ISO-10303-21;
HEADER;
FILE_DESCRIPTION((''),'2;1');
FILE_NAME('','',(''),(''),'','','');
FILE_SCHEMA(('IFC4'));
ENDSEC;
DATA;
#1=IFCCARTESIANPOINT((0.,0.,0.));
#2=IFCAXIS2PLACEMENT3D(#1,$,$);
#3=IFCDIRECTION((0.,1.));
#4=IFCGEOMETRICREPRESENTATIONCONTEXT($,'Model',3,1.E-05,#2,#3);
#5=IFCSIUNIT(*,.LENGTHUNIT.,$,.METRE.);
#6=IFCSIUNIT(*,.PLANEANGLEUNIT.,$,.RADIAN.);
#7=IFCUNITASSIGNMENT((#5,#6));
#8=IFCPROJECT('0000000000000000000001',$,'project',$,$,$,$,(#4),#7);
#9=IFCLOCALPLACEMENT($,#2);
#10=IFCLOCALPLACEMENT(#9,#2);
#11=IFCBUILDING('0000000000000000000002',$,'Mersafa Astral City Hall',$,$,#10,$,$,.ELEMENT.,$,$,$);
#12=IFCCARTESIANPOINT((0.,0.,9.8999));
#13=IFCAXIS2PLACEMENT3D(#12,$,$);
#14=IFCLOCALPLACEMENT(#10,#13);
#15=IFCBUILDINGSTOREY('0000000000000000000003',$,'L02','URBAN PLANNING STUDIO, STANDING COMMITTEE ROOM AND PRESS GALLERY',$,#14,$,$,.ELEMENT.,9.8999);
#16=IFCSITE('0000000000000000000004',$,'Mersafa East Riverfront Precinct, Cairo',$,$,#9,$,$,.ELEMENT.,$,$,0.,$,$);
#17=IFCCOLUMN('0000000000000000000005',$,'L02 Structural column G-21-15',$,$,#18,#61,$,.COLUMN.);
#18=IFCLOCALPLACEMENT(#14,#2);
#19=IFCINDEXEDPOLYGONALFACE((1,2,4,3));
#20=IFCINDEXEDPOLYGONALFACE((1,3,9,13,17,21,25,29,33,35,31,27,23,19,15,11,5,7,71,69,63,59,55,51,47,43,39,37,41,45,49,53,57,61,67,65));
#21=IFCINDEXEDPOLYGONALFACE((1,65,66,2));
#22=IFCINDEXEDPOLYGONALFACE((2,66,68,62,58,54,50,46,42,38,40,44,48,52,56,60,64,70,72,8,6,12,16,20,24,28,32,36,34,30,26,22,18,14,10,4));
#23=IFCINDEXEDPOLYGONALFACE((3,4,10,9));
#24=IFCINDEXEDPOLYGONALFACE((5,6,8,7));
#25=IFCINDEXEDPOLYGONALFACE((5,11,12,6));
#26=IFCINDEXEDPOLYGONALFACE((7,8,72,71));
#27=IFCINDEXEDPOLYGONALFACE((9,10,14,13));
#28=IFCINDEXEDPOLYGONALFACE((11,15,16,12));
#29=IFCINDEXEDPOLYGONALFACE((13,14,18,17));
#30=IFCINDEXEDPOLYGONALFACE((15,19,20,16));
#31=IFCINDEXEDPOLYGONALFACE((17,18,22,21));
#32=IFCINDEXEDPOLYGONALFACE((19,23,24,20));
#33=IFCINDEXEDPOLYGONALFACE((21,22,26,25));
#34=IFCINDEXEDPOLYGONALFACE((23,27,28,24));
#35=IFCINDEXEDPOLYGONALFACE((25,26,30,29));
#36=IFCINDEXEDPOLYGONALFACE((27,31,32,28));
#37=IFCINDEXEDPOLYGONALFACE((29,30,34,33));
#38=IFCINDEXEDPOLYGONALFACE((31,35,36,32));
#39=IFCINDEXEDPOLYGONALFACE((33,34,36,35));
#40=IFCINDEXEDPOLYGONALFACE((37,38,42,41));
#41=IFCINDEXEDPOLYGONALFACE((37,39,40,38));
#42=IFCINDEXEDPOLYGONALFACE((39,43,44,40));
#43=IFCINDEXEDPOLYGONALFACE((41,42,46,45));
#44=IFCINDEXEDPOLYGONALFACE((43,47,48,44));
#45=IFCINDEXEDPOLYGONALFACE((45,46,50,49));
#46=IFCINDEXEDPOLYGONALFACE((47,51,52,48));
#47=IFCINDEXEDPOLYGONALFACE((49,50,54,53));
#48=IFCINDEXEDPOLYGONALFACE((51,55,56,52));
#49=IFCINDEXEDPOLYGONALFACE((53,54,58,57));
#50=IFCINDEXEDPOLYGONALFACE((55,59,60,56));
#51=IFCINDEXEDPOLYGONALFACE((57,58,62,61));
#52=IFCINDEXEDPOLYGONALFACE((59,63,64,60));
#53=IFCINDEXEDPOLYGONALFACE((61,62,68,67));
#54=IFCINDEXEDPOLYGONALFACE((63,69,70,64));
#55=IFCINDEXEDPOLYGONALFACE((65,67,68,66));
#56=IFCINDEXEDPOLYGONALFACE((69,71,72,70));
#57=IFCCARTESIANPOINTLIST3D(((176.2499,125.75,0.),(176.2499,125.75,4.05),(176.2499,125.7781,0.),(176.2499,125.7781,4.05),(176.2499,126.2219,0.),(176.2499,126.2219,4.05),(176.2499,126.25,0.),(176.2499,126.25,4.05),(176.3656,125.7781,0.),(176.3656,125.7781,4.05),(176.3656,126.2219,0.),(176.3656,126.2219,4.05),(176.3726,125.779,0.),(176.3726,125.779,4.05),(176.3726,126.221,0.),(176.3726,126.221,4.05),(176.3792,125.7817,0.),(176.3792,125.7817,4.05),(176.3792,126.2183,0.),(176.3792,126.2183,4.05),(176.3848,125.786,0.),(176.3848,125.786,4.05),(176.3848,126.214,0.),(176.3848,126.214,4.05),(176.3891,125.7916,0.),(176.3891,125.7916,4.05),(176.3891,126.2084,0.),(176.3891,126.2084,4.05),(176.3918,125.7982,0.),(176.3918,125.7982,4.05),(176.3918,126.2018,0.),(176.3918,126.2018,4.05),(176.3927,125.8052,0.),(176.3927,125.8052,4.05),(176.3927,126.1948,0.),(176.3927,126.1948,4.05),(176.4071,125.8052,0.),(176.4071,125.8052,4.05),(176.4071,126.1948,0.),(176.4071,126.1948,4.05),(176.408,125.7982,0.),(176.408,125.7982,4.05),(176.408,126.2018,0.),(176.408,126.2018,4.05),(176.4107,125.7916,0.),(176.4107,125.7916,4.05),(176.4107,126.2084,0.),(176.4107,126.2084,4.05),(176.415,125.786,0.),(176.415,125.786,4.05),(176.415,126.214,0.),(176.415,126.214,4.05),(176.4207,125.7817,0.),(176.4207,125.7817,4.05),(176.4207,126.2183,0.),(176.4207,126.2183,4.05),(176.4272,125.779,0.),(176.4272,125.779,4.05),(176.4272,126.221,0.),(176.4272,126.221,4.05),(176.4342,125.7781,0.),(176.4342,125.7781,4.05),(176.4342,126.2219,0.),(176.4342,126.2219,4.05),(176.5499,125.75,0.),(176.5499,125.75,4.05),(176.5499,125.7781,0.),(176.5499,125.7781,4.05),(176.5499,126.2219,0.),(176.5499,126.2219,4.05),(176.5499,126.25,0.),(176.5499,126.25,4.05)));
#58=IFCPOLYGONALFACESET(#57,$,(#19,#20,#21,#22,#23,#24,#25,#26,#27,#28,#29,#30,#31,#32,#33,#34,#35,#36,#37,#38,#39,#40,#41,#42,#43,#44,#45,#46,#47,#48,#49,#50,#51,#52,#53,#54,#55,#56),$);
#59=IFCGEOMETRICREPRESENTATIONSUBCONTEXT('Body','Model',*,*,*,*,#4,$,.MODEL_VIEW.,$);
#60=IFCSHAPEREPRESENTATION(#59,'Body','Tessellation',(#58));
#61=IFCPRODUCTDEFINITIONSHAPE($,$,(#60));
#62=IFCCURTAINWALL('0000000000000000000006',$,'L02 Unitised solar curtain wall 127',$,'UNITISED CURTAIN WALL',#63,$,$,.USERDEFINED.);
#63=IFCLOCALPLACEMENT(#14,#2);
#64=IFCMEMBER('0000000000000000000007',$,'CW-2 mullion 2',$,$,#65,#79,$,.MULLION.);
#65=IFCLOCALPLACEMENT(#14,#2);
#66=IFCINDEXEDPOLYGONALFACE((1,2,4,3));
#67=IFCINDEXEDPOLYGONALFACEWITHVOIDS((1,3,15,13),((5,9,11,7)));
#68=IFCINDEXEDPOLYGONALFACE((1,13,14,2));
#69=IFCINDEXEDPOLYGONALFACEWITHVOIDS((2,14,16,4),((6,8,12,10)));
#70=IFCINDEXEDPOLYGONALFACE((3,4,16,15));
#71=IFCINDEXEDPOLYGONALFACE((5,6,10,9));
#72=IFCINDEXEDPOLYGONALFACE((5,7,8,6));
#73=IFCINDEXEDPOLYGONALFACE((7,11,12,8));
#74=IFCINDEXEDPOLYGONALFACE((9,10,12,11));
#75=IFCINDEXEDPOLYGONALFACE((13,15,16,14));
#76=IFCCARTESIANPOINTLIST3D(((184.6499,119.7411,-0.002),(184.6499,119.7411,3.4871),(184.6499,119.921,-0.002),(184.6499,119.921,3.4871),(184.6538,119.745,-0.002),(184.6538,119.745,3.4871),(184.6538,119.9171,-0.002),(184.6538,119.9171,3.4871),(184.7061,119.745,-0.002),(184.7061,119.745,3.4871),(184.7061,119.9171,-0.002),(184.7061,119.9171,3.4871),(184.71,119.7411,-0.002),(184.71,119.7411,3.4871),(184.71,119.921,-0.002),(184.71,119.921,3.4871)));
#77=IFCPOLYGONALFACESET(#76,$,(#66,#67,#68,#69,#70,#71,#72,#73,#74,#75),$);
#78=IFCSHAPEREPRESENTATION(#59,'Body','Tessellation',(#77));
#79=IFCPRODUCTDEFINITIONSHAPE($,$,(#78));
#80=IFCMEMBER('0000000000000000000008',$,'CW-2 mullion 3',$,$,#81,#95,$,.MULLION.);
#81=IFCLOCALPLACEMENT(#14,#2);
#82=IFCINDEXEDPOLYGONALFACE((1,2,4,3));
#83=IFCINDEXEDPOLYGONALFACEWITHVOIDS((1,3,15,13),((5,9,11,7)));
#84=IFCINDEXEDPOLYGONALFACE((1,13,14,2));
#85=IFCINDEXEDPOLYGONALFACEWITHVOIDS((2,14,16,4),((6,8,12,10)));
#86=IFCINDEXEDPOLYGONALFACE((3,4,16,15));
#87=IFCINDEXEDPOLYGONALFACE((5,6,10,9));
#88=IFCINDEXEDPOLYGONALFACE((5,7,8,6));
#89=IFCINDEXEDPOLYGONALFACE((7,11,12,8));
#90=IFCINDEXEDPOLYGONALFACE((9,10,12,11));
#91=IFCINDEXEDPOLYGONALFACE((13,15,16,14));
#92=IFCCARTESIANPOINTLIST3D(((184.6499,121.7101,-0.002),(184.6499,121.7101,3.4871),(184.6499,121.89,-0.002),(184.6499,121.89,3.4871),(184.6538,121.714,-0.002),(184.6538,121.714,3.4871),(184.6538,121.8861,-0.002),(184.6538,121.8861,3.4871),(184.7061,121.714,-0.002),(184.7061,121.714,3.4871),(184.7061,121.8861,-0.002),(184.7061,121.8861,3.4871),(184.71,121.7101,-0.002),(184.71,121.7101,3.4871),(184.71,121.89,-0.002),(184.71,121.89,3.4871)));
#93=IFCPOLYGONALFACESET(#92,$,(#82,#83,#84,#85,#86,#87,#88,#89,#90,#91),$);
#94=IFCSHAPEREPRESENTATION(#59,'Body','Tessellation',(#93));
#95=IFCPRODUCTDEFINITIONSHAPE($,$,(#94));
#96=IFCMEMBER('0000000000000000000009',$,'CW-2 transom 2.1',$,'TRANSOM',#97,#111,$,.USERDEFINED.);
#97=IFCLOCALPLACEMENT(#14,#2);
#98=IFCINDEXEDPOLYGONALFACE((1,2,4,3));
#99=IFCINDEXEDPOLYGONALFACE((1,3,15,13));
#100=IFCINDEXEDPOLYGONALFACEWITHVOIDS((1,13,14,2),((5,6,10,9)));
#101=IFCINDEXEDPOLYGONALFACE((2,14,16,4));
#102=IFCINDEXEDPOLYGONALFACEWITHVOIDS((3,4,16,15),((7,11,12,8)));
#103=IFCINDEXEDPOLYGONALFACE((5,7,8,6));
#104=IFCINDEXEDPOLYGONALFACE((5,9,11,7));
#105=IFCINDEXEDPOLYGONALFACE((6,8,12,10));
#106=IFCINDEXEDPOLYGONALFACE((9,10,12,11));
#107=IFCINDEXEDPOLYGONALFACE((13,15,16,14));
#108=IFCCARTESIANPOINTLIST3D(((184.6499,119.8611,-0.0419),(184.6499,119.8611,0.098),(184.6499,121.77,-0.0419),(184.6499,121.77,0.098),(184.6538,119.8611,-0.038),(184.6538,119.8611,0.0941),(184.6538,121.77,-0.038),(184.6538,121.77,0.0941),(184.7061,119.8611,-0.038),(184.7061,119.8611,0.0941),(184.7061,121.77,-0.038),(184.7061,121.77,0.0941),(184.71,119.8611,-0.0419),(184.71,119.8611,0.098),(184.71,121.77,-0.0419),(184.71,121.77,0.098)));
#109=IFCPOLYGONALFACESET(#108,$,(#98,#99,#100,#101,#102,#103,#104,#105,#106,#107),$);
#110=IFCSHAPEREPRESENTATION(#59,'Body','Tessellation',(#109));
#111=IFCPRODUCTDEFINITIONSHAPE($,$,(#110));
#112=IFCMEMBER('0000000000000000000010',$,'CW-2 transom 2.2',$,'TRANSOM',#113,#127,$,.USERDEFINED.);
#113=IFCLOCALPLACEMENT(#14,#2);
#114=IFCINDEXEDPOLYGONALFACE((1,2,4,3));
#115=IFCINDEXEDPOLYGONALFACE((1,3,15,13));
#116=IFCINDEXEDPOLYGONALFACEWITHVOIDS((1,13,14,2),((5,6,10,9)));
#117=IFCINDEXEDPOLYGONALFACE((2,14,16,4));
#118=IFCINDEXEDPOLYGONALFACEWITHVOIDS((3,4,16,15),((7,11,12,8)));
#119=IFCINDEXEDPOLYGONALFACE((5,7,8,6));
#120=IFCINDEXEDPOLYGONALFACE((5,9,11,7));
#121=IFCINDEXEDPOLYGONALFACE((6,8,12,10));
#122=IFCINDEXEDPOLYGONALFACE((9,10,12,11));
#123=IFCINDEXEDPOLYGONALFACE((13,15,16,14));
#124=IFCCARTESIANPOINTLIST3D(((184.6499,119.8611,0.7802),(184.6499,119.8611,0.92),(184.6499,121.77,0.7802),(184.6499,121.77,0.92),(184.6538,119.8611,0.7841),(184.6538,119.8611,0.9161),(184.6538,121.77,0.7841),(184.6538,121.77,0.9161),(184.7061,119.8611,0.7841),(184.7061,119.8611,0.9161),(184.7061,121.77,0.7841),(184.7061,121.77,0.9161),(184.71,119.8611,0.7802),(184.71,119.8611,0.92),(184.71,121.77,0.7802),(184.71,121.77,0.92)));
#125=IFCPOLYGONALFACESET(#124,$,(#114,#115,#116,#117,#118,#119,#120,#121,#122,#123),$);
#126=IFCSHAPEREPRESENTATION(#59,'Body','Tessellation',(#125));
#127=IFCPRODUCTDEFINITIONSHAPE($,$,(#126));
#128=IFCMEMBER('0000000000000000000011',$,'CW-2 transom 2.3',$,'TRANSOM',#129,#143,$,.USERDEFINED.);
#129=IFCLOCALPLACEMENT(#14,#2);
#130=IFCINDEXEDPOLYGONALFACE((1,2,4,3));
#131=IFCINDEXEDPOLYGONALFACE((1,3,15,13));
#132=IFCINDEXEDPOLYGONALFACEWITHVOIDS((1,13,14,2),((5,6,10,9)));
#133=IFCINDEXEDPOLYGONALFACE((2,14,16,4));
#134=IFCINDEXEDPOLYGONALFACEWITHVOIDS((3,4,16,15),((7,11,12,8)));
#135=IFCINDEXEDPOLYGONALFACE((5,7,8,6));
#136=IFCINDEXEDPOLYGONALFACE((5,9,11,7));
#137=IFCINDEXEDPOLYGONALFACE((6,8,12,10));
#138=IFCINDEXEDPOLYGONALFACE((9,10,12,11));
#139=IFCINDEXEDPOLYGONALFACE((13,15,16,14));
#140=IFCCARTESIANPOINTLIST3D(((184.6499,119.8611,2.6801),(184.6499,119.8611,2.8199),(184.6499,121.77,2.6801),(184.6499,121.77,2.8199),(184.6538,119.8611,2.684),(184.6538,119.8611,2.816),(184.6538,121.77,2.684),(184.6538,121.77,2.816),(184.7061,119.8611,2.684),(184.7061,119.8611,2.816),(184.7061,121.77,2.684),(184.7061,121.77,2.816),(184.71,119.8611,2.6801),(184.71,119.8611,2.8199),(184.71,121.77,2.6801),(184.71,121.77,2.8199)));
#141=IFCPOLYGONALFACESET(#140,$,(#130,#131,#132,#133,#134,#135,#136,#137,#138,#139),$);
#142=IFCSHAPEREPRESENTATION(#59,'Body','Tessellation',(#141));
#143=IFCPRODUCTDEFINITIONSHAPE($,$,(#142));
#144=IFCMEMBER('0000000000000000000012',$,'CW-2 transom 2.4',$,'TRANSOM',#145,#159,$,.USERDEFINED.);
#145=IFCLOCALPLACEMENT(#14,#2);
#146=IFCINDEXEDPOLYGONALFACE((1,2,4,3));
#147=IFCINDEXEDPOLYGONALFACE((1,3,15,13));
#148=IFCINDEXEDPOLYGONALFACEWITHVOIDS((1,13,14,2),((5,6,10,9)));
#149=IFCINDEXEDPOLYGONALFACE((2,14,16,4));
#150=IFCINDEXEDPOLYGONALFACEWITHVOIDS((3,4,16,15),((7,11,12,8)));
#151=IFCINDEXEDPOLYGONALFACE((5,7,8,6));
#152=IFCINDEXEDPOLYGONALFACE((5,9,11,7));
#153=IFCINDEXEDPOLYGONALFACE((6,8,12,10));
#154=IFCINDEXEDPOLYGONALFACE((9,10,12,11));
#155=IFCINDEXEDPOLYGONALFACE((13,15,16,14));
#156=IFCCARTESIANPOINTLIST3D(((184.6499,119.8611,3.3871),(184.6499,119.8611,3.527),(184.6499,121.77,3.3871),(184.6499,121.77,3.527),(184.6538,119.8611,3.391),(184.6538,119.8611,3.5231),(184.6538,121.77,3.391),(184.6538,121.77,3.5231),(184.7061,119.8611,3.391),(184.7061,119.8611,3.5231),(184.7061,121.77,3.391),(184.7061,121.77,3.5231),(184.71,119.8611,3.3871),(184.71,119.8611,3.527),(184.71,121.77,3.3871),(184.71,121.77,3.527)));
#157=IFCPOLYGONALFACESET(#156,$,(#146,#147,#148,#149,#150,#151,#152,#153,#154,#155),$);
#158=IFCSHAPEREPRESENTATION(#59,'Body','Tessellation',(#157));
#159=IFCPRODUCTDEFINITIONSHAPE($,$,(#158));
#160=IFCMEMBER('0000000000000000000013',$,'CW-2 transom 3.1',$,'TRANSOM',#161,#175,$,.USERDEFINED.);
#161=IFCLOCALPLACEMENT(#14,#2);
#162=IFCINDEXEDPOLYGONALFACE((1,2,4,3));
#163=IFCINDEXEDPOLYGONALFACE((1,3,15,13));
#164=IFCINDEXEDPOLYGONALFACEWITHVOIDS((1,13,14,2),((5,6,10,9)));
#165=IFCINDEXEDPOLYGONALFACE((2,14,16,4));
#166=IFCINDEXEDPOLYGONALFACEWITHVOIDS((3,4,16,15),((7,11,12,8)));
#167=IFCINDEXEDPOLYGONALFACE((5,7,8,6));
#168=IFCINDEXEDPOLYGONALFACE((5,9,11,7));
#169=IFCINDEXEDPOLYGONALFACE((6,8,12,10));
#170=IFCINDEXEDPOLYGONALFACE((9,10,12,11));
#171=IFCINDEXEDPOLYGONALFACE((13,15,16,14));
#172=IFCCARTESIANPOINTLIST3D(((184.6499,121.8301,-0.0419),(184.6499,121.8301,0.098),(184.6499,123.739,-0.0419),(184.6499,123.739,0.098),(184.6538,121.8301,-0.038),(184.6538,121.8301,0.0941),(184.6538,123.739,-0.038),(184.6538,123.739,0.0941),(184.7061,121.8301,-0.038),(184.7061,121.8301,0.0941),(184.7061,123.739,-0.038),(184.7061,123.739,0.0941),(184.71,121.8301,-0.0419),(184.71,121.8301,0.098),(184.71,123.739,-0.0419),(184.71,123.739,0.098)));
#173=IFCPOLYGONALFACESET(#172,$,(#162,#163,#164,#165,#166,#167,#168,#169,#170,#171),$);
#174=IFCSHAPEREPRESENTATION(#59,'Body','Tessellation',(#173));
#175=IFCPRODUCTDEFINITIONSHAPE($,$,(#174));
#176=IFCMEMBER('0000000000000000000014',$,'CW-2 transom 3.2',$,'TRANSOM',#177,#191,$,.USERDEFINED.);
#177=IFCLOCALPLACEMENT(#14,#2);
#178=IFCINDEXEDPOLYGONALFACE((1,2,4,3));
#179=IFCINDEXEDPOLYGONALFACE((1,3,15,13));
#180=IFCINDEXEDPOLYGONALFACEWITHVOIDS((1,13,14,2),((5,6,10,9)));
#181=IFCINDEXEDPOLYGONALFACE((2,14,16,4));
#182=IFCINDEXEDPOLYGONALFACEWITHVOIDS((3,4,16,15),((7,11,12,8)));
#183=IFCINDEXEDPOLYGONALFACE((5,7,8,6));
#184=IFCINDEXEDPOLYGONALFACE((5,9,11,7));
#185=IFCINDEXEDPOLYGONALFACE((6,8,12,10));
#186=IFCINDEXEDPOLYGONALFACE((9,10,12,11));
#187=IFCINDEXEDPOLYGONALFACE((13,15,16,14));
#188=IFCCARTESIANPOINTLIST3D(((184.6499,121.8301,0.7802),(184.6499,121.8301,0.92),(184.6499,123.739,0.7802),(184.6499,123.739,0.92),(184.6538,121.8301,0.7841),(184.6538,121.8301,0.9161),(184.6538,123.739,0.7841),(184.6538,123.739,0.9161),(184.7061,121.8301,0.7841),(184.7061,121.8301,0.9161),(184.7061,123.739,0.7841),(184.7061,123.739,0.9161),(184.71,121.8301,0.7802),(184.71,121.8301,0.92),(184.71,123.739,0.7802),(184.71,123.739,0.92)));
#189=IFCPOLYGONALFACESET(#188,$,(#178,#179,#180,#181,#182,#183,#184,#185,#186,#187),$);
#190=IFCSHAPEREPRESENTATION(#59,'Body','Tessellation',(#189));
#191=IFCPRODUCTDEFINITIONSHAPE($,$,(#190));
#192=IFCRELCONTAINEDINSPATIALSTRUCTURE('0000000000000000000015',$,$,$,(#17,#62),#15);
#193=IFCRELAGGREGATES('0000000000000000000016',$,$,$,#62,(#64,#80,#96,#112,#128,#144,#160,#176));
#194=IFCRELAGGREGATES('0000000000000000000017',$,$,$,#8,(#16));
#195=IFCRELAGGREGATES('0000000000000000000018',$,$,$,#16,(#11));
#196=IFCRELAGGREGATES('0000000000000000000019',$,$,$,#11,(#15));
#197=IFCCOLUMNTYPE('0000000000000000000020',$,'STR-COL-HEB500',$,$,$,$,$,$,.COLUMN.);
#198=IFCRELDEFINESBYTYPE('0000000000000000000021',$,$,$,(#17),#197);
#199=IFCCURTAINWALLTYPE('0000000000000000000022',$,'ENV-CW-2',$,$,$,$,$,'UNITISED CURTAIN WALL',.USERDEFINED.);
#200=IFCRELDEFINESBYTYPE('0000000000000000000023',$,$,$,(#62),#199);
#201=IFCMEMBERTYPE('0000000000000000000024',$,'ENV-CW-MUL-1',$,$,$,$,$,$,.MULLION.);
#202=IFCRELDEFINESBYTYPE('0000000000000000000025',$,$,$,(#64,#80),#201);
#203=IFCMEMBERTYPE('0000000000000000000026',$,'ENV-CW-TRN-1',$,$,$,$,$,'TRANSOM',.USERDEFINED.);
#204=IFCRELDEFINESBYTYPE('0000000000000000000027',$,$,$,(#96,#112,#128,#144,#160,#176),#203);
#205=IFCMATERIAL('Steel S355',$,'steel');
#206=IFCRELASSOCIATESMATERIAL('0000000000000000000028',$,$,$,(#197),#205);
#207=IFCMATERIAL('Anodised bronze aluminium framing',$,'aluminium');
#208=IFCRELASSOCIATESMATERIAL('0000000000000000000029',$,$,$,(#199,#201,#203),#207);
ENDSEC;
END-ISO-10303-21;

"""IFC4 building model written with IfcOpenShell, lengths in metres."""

from ifc_helpers import new_model, si_unit, direction, frame, origin, origin_2d, place, context, subcontext, project, spatial, hollow_rectangle, i_section, extrude, material, material_profile, profile_set, type_object, element, aggregate, save


model = new_model("IFC4")

# Units and contexts
model_context = context("Model", 3, precision=1e-05, world=origin(), true_north=direction((0.0, 1.0)))
body_context = subcontext(model_context, "Body", "Model", "MODEL_VIEW")
ifc_project = project(units=[si_unit("LENGTHUNIT", "METRE"), si_unit("PLANEANGLEUNIT", "RADIAN")], contexts=[model_context])

# Site, building, storey
site_placement = place(None, origin())
site = spatial("IfcSite", under=ifc_project, at=site_placement, Name="Mersafa East Riverfront Precinct, Cairo", CompositionType="ELEMENT", RefElevation=0.0)
building_placement = place(site_placement, origin())
building = spatial("IfcBuilding", under=site, at=building_placement, Name="Mersafa Astral City Hall", CompositionType="ELEMENT")
storey_placement = place(building_placement, frame((0.0, 0.0, 9.8999)))
storey = spatial("IfcBuildingStorey", under=building, at=storey_placement, Name="L02", Description="URBAN PLANNING STUDIO, STANDING COMMITTEE ROOM AND PRESS GALLERY", CompositionType="ELEMENT", Elevation=9.8999)

# Column
ifc_material_1 = material(Name="Steel S355", Category="steel")
ifc_material_profile_1 = material_profile(ifc_material_1, i_section(OverallWidth=0.3, OverallDepth=0.5, WebThickness=0.0144, FlangeThickness=0.0281, FilletRadius=0.0271, at=origin_2d()), Name="HEB 500")
ifc_profile_set_1 = profile_set([ifc_material_profile_1], Name="Steel S355")
column_type = type_object("IfcColumnType", Name="STR-COL-HEB500", PredefinedType="COLUMN", material=ifc_profile_set_1)
column_placement = place(storey_placement, frame((176.3999, 126.0, 0.0), z_axis=(0.0, 0.0, 1.0), x_axis=(1.0, 0.0, 0.0)))
element("IfcColumn", 1, at=column_placement, inside=storey, type_object=column_type, Name="L02 Structural column G-21-15", PredefinedType="COLUMN", context=body_context, shape_type="SweptSolid", body=[
    extrude(i_section(OverallWidth=0.3, OverallDepth=0.5, WebThickness=0.0144, FlangeThickness=0.0281, FilletRadius=0.0271, at=origin_2d()), origin(), (0.0, 0.0, 1.0), 4.05),
])

# Curtain wall, members
ifc_material_2 = material(Name="Anodised bronze aluminium framing", Category="aluminium")
curtain_wall_type = type_object("IfcCurtainWallType", Name="ENV-CW-2", ElementType="UNITISED CURTAIN WALL", PredefinedType="USERDEFINED", material=ifc_material_2)
curtain_wall_placement = place(storey_placement, origin())
curtain_wall = element("IfcCurtainWall", 2, at=curtain_wall_placement, inside=storey, type_object=curtain_wall_type, Name="L02 Unitised solar curtain wall 127", ObjectType="UNITISED CURTAIN WALL", PredefinedType="USERDEFINED")
ifc_material_profile_2 = material_profile(ifc_material_2, hollow_rectangle(XDim=0.0601, YDim=0.1799, WallThickness=0.0039, at=origin_2d()), Name="RHS 60x180x4")
ifc_profile_set_2 = profile_set([ifc_material_profile_2], Name="Anodised bronze aluminium framing")
member_type_1 = type_object("IfcMemberType", Name="ENV-CW-MUL-1", PredefinedType="MULLION", material=ifc_profile_set_2)
member_1_placement = place(storey_placement, frame((184.6799, 119.8311, -0.002), z_axis=(0.0, 0.0, 1.0), x_axis=(-1.0, 0.0, 0.0)))
member_1 = element("IfcMember", 3, at=member_1_placement, type_object=member_type_1, Name="CW-2 mullion 2", PredefinedType="MULLION", context=body_context, shape_type="SweptSolid", body=[
    extrude(hollow_rectangle(XDim=0.0601, YDim=0.1799, WallThickness=0.0039, at=origin_2d()), origin(), (0.0, 0.0, 1.0), 3.489),
])
member_2_placement = place(storey_placement, frame((184.6799, 121.8, -0.002), z_axis=(0.0, 0.0, 1.0), x_axis=(-1.0, 0.0, 0.0)))
member_2 = element("IfcMember", 4, at=member_2_placement, type_object=member_type_1, Name="CW-2 mullion 3", PredefinedType="MULLION", context=body_context, shape_type="SweptSolid", body=[
    extrude(hollow_rectangle(XDim=0.0601, YDim=0.1799, WallThickness=0.0039, at=origin_2d()), origin(), (0.0, 0.0, 1.0), 3.489),
])
ifc_material_profile_3 = material_profile(ifc_material_2, hollow_rectangle(XDim=0.0601, YDim=0.1399, WallThickness=0.0039, at=origin_2d()), Name="RHS 60x140x4")
ifc_profile_set_3 = profile_set([ifc_material_profile_3], Name="Anodised bronze aluminium framing")
member_type_2 = type_object("IfcMemberType", Name="ENV-CW-TRN-1", ElementType="TRANSOM", PredefinedType="USERDEFINED", material=ifc_profile_set_3)
member_3_placement = place(storey_placement, frame((184.6799, 119.8611, 0.0281), z_axis=(0.0, 1.0, 0.0), x_axis=(-1.0, 0.0, 0.0)))
member_3 = element("IfcMember", 5, at=member_3_placement, type_object=member_type_2, Name="CW-2 transom 2.1", ObjectType="TRANSOM", PredefinedType="USERDEFINED", context=body_context, shape_type="SweptSolid", body=[
    extrude(hollow_rectangle(XDim=0.0601, YDim=0.1399, WallThickness=0.0039, at=origin_2d()), origin(), (0.0, 0.0, 1.0), 1.9089),
])
member_4_placement = place(storey_placement, frame((184.6799, 119.8611, 0.8501), z_axis=(0.0, 1.0, 0.0), x_axis=(-1.0, 0.0, 0.0)))
member_4 = element("IfcMember", 6, at=member_4_placement, type_object=member_type_2, Name="CW-2 transom 2.2", ObjectType="TRANSOM", PredefinedType="USERDEFINED", context=body_context, shape_type="SweptSolid", body=[
    extrude(hollow_rectangle(XDim=0.0601, YDim=0.1399, WallThickness=0.0039, at=origin_2d()), origin(), (0.0, 0.0, 1.0), 1.9089),
])
member_5_placement = place(storey_placement, frame((184.6799, 119.8611, 2.75), z_axis=(0.0, 1.0, 0.0), x_axis=(-1.0, 0.0, 0.0)))
member_5 = element("IfcMember", 7, at=member_5_placement, type_object=member_type_2, Name="CW-2 transom 2.3", ObjectType="TRANSOM", PredefinedType="USERDEFINED", context=body_context, shape_type="SweptSolid", body=[
    extrude(hollow_rectangle(XDim=0.0601, YDim=0.1399, WallThickness=0.0039, at=origin_2d()), origin(), (0.0, 0.0, 1.0), 1.9089),
])
member_6_placement = place(storey_placement, frame((184.6799, 119.8611, 3.457), z_axis=(0.0, 1.0, 0.0), x_axis=(-1.0, 0.0, 0.0)))
member_6 = element("IfcMember", 8, at=member_6_placement, type_object=member_type_2, Name="CW-2 transom 2.4", ObjectType="TRANSOM", PredefinedType="USERDEFINED", context=body_context, shape_type="SweptSolid", body=[
    extrude(hollow_rectangle(XDim=0.0601, YDim=0.1399, WallThickness=0.0039, at=origin_2d()), origin(), (0.0, 0.0, 1.0), 1.9089),
])
member_7_placement = place(storey_placement, frame((184.6799, 121.8301, 0.0281), z_axis=(0.0, 1.0, 0.0), x_axis=(-1.0, 0.0, 0.0)))
member_7 = element("IfcMember", 9, at=member_7_placement, type_object=member_type_2, Name="CW-2 transom 3.1", ObjectType="TRANSOM", PredefinedType="USERDEFINED", context=body_context, shape_type="SweptSolid", body=[
    extrude(hollow_rectangle(XDim=0.0601, YDim=0.1399, WallThickness=0.0039, at=origin_2d()), origin(), (0.0, 0.0, 1.0), 1.9089),
])
member_8_placement = place(storey_placement, frame((184.6799, 121.8301, 0.8501), z_axis=(0.0, 1.0, 0.0), x_axis=(-1.0, 0.0, 0.0)))
member_8 = element("IfcMember", 10, at=member_8_placement, type_object=member_type_2, Name="CW-2 transom 3.2", ObjectType="TRANSOM", PredefinedType="USERDEFINED", context=body_context, shape_type="SweptSolid", body=[
    extrude(hollow_rectangle(XDim=0.0601, YDim=0.1399, WallThickness=0.0039, at=origin_2d()), origin(), (0.0, 0.0, 1.0), 1.9089),
])

aggregate(curtain_wall, [member_1, member_2, member_3, member_4, member_5, member_6, member_7, member_8])

save(model, "model.ifc")
